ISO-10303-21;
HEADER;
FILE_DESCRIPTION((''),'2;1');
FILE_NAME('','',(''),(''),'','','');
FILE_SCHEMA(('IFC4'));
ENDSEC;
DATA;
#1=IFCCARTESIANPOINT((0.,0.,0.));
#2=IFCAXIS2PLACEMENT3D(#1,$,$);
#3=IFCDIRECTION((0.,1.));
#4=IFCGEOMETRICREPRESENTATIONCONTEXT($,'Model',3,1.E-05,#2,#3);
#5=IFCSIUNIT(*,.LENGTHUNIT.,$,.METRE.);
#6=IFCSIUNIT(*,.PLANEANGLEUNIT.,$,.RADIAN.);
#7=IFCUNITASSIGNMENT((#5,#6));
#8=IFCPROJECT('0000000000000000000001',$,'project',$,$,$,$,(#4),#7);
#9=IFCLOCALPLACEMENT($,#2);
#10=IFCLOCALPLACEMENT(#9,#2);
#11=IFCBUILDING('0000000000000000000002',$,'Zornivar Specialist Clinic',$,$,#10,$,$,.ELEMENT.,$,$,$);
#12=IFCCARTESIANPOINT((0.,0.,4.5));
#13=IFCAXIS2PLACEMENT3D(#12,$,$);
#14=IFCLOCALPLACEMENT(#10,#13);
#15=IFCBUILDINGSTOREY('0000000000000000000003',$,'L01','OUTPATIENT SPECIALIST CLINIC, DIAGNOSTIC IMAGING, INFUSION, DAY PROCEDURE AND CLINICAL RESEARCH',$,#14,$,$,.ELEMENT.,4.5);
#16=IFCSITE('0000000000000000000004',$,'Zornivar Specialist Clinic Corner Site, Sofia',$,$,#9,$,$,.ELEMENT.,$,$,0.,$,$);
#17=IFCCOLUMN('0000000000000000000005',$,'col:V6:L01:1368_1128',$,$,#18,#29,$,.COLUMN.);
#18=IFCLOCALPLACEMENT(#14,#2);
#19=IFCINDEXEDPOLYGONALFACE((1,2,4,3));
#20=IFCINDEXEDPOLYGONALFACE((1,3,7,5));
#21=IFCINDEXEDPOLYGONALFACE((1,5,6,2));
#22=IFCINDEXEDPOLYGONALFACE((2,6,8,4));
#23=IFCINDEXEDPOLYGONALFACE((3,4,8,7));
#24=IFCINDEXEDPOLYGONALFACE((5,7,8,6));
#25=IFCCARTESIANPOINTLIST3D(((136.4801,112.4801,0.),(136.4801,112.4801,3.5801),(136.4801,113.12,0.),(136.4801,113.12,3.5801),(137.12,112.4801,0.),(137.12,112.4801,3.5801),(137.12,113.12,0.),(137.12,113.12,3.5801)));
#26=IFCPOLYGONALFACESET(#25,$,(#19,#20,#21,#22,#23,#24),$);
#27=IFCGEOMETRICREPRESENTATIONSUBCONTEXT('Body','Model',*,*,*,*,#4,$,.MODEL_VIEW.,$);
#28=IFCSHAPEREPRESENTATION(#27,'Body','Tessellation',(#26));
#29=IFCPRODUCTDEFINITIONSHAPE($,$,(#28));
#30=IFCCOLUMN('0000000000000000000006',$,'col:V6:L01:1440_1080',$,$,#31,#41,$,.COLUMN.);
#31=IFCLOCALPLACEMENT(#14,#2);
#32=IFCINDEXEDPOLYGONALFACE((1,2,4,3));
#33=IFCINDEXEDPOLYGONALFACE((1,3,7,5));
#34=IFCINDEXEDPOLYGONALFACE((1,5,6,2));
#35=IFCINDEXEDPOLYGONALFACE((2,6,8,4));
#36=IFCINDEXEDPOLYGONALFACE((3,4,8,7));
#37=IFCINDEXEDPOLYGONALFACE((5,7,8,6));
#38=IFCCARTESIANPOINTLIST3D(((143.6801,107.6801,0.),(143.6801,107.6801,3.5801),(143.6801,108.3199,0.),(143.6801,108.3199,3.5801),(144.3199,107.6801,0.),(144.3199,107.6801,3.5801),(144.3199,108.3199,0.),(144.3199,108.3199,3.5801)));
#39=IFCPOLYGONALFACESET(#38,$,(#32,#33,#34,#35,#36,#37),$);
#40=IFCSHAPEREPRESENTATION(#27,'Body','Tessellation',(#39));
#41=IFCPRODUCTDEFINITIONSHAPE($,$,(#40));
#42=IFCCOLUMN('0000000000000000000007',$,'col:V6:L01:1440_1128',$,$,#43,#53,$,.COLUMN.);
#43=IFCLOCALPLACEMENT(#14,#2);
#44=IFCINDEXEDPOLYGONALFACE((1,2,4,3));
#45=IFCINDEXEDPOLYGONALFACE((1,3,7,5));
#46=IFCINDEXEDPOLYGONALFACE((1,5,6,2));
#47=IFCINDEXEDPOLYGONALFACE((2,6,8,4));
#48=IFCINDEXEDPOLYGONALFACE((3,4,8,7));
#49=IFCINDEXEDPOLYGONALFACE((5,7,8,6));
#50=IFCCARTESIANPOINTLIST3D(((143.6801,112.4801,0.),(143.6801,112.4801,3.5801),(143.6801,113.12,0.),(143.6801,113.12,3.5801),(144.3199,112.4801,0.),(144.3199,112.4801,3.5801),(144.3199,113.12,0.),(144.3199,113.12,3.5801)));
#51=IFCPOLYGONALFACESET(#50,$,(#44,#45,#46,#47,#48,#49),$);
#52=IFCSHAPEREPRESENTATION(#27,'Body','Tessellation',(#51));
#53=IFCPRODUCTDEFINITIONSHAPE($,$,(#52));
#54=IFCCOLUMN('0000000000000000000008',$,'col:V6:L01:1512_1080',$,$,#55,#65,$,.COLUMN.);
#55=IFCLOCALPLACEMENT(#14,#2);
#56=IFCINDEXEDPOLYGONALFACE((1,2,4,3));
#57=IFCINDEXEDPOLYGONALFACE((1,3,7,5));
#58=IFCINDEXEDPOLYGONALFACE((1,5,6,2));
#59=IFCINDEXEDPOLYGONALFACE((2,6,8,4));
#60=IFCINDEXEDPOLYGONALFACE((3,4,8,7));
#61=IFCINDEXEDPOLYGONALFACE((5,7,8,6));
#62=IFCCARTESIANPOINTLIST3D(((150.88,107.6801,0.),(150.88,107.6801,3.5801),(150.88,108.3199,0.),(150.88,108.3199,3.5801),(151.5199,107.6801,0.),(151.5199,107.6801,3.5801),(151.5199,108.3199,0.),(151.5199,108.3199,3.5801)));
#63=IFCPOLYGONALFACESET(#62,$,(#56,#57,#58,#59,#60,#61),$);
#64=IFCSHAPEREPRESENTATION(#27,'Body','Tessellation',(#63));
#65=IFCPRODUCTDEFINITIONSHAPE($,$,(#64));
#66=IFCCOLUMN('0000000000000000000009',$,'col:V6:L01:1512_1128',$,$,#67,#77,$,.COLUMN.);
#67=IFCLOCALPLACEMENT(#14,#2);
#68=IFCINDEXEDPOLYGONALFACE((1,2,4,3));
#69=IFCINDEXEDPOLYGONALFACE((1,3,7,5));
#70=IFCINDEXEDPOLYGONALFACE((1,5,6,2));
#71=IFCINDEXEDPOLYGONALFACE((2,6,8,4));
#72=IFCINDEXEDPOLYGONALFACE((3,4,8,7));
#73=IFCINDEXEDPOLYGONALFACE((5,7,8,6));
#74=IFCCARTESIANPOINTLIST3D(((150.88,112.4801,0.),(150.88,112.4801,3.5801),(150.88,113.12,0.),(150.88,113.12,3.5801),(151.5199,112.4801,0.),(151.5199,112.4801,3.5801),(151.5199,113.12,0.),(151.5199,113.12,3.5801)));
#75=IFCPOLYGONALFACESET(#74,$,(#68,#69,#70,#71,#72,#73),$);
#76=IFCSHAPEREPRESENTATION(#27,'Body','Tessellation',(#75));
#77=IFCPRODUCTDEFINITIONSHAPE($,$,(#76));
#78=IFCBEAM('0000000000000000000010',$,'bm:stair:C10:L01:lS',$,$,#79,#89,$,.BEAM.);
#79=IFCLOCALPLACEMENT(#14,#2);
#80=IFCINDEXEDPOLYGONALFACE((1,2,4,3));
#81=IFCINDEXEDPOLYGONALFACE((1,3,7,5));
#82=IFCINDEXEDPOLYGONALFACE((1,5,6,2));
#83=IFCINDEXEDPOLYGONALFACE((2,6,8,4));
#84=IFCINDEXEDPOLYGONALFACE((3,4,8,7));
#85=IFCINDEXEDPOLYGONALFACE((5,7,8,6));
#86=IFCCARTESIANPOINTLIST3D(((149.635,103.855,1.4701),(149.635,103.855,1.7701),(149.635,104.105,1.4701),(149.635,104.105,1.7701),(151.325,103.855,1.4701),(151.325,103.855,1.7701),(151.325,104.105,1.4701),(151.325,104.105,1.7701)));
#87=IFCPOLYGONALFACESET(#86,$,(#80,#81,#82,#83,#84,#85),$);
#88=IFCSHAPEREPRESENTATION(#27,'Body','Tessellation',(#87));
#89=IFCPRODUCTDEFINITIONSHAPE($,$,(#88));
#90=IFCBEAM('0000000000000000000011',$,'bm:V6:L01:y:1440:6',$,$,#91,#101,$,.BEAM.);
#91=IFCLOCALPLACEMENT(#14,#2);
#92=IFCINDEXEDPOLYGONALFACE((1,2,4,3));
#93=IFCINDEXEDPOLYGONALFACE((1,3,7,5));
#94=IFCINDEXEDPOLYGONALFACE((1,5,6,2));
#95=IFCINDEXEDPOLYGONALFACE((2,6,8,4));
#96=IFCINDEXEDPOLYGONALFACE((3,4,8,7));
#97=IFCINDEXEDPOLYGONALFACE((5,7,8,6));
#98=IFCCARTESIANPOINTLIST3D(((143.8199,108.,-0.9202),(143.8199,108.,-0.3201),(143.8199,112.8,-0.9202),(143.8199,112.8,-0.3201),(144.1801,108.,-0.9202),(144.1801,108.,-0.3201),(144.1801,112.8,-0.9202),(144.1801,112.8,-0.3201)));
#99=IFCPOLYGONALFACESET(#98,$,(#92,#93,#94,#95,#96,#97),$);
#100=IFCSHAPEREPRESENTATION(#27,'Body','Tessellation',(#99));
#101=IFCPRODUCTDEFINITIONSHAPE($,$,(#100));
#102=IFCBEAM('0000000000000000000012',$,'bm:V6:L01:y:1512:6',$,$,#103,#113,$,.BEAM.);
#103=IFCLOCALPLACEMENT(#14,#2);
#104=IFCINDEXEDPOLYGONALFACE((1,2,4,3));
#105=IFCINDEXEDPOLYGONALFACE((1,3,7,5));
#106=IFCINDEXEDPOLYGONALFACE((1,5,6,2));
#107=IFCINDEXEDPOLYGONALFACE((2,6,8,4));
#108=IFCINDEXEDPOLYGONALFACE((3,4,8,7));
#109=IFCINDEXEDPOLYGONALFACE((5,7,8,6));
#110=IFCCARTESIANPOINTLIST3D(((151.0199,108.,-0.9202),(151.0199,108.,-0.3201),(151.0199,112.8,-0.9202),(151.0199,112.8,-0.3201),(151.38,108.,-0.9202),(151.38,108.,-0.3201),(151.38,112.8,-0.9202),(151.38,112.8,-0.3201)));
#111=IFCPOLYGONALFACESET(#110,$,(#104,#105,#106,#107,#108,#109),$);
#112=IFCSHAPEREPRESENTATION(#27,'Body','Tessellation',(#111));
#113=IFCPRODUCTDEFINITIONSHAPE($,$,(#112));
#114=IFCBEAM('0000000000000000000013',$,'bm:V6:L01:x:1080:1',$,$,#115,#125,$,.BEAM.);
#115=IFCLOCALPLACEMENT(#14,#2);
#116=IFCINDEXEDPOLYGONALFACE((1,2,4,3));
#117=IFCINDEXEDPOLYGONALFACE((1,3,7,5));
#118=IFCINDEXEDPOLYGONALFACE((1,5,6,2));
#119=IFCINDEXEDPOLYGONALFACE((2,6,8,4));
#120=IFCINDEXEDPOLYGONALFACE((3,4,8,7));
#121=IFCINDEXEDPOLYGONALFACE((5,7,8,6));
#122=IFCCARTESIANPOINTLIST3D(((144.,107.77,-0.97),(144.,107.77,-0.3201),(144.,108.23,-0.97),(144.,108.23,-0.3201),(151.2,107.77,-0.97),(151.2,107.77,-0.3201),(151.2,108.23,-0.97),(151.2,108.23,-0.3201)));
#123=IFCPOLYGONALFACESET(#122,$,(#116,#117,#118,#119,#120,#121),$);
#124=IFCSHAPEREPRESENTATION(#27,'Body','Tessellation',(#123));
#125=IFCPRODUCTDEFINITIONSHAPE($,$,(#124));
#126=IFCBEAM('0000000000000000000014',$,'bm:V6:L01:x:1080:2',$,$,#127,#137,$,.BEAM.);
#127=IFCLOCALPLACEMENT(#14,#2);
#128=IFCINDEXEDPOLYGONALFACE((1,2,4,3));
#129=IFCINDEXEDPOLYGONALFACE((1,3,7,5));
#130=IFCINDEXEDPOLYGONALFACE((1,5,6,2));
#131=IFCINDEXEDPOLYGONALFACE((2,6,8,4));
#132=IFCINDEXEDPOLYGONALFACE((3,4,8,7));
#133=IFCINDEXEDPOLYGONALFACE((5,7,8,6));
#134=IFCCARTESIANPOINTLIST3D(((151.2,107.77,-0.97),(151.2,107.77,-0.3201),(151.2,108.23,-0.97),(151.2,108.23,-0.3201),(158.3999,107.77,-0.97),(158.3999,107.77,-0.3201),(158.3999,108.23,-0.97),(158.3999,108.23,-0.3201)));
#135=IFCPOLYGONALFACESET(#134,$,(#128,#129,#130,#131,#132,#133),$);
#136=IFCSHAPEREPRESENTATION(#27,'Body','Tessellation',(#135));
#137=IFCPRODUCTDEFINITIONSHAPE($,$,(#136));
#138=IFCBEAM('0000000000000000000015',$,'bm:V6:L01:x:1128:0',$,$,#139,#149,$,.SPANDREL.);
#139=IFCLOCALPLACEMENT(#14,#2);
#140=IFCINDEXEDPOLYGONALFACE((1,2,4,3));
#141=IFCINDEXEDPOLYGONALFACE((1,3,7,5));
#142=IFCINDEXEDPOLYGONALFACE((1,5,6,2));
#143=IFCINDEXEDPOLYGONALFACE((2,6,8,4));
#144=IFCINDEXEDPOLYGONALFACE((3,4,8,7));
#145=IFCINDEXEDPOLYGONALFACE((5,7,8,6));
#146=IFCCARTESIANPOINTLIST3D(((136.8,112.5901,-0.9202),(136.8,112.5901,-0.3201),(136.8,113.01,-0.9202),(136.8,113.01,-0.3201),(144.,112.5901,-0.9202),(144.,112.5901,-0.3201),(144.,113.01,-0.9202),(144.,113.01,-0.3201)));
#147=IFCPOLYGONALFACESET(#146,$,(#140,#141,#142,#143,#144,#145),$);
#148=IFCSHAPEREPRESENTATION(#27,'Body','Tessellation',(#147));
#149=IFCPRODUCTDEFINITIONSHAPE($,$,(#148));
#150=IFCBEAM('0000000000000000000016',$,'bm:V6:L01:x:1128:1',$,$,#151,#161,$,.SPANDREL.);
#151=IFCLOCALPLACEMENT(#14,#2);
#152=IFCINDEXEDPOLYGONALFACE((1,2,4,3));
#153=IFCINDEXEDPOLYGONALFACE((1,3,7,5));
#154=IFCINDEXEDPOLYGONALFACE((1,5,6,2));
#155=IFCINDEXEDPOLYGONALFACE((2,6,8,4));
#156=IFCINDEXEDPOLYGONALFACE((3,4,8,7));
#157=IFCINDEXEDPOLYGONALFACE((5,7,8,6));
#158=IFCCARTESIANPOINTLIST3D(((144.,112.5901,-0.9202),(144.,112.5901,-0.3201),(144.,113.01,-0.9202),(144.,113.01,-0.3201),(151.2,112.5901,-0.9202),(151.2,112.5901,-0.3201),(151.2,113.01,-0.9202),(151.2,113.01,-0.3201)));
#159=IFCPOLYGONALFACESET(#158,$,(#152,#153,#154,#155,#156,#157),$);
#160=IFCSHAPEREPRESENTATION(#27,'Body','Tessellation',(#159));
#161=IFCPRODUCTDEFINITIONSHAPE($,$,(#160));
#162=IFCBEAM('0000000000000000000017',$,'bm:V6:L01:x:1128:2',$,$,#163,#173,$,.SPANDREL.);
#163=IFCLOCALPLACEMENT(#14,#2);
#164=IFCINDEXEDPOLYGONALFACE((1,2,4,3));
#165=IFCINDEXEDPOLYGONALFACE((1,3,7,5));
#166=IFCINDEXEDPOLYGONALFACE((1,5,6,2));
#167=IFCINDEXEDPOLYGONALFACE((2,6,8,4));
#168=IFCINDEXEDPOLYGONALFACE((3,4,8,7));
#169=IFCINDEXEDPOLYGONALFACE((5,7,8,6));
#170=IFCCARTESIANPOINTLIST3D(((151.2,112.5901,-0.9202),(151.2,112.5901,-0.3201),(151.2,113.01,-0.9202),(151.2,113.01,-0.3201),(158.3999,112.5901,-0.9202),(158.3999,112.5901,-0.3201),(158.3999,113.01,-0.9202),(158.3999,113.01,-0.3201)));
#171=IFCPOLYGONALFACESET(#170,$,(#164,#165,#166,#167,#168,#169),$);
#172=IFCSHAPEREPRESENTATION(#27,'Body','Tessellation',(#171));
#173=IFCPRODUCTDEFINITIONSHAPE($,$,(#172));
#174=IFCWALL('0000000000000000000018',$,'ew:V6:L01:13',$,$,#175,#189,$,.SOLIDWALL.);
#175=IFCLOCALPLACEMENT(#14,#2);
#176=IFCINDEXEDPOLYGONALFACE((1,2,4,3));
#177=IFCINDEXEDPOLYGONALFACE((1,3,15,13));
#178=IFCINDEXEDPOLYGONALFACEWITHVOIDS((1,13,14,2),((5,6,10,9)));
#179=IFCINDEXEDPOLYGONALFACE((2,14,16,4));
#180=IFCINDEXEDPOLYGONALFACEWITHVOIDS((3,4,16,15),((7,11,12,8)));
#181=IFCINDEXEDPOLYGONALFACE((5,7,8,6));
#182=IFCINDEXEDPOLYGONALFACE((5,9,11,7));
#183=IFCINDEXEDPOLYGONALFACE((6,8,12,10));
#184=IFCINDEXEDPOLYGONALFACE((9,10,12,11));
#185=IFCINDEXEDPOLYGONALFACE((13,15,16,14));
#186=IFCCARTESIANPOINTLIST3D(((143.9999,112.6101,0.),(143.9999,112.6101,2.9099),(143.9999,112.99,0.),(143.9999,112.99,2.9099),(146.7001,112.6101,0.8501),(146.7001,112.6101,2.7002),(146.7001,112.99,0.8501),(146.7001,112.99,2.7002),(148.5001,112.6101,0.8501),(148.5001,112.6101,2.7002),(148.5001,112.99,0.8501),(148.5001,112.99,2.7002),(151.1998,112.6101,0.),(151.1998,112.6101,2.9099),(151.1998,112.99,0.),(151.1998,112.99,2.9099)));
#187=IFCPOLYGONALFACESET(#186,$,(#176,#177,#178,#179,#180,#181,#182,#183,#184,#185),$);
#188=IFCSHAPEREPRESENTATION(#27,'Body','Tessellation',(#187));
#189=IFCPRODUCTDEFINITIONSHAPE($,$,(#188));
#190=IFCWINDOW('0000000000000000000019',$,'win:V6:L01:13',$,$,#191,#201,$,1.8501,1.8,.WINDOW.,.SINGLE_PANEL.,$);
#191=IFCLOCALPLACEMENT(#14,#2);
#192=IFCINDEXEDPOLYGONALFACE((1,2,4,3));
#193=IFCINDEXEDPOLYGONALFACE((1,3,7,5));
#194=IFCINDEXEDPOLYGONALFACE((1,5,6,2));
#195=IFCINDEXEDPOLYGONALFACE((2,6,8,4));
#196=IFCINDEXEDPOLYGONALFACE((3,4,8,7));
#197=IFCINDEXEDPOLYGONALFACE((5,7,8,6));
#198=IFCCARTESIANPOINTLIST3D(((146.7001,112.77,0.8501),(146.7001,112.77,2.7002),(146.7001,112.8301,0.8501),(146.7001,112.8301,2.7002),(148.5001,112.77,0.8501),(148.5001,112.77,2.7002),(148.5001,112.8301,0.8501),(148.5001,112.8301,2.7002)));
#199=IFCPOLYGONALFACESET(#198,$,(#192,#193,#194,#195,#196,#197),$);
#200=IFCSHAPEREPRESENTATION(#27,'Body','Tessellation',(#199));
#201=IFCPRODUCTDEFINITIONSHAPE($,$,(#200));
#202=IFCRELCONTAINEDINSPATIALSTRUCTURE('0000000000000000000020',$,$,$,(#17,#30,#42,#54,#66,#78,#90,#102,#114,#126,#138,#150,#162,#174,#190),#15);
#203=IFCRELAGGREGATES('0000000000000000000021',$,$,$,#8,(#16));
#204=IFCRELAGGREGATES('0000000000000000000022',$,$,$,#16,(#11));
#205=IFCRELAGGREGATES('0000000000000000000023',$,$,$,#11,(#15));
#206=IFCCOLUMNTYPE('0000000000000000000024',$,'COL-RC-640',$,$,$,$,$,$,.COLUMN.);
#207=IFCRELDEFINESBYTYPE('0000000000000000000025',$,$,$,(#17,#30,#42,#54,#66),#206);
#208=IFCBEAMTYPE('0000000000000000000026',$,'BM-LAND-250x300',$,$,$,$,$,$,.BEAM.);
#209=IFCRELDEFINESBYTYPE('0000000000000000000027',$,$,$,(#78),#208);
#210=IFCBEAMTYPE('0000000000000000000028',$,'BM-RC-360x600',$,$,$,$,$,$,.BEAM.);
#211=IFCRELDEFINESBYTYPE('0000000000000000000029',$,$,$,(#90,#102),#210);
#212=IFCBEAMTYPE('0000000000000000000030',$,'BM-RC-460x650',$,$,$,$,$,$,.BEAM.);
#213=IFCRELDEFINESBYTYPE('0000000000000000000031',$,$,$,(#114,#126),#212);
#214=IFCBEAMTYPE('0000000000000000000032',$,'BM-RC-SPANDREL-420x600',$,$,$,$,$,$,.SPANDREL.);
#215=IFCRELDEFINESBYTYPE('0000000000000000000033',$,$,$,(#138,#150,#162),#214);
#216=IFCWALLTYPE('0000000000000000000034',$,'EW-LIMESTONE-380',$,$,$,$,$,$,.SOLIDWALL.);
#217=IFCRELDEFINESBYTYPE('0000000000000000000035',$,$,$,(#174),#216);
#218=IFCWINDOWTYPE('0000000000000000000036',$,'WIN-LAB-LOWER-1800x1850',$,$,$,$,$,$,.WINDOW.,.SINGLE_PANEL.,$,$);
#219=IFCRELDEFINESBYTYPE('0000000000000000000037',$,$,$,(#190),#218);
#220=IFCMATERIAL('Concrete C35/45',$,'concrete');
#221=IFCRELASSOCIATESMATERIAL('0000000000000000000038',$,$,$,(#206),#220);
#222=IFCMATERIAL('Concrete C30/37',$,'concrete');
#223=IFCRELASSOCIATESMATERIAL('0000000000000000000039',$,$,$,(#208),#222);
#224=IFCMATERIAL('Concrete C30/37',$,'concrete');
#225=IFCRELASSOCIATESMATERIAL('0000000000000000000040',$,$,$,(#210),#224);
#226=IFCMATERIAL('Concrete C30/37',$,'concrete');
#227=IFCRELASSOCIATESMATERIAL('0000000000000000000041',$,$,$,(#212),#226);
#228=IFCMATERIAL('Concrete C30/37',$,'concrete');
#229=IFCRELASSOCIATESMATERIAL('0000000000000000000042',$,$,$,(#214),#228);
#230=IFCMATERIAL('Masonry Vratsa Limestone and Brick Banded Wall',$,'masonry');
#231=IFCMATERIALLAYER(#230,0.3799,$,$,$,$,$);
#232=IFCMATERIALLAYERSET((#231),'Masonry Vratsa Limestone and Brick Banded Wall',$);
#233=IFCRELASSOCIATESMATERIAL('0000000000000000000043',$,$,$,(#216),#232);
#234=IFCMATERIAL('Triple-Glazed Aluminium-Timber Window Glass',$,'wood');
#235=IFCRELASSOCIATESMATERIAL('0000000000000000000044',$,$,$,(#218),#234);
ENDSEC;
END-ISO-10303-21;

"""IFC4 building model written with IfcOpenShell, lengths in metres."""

from ifc_helpers import new_model, si_unit, direction, frame, frame_2d, origin, origin_2d, place, context, subcontext, project, spatial, rectangle, extrude, material, layer, layer_set, material_profile, profile_set, type_object, element, fill, save


model = new_model("IFC4")

# Units and contexts
model_context = context("Model", 3, precision=1e-05, world=origin(), true_north=direction((0.0, 1.0)))
body_context = subcontext(model_context, "Body", "Model", "MODEL_VIEW")
ifc_project = project(units=[si_unit("LENGTHUNIT", "METRE"), si_unit("PLANEANGLEUNIT", "RADIAN")], contexts=[model_context])

# Site, building, storey
site_placement = place(None, origin())
site = spatial("IfcSite", under=ifc_project, at=site_placement, Name="Zornivar Specialist Clinic Corner Site, Sofia", CompositionType="ELEMENT", RefElevation=0.0)
building_placement = place(site_placement, origin())
building = spatial("IfcBuilding", under=site, at=building_placement, Name="Zornivar Specialist Clinic", CompositionType="ELEMENT")
storey_placement = place(building_placement, frame((0.0, 0.0, 4.5)))
storey = spatial("IfcBuildingStorey", under=building, at=storey_placement, Name="L01", Description="OUTPATIENT SPECIALIST CLINIC, DIAGNOSTIC IMAGING, INFUSION, DAY PROCEDURE AND CLINICAL RESEARCH", CompositionType="ELEMENT", Elevation=4.5)

# Columns
ifc_material_1 = material(Name="Concrete C35/45", Category="concrete")
ifc_material_profile_1 = material_profile(ifc_material_1, rectangle(XDim=0.6399, YDim=0.6399, at=origin_2d()), Name="RC 640x640")
ifc_profile_set_1 = profile_set([ifc_material_profile_1], Name="Concrete C35/45")
column_type = type_object("IfcColumnType", Name="COL-RC-640", PredefinedType="COLUMN", material=ifc_profile_set_1)
for number, where, z_axis, x_axis, name in (
    (1, (136.8, 112.8, 0.0), (0.0, 0.0, 1.0), (1.0, 0.0, 0.0), "col:V6:L01:1368_1128"),
    (2, (144.0, 108.0, 0.0), (0.0, 0.0, 1.0), (1.0, 0.0, 0.0), "col:V6:L01:1440_1080"),
    (3, (144.0, 112.8, 0.0), (0.0, 0.0, 1.0), (1.0, 0.0, 0.0), "col:V6:L01:1440_1128"),
    (4, (151.2, 108.0, 0.0), (0.0, 0.0, 1.0), (1.0, 0.0, 0.0), "col:V6:L01:1512_1080"),
    (5, (151.2, 112.8, 0.0), (0.0, 0.0, 1.0), (1.0, 0.0, 0.0), "col:V6:L01:1512_1128"),
):
    element("IfcColumn", number, at=place(storey_placement, frame(where, z_axis=z_axis, x_axis=x_axis)), inside=storey, type_object=column_type, Name=name, PredefinedType="COLUMN", context=body_context, shape_type="SweptSolid", body=[
        extrude(rectangle(XDim=0.6399, YDim=0.6399, at=origin_2d()), origin(), (0.0, 0.0, 1.0), 3.5801),
    ])

# Beams
ifc_material_2 = material(Name="Concrete C30/37", Category="concrete")
ifc_material_profile_2 = material_profile(ifc_material_2, rectangle(XDim=0.25, YDim=0.3, at=origin_2d()), Name="RC 250x300")
ifc_profile_set_2 = profile_set([ifc_material_profile_2], Name="Concrete C30/37")
beam_type_1 = type_object("IfcBeamType", Name="BM-LAND-250x300", PredefinedType="BEAM", material=ifc_profile_set_2)
beam_placement = place(storey_placement, frame((149.635, 103.98, 1.6201), z_axis=(1.0, 0.0, 0.0), x_axis=(0.0, 1.0, 0.0)))
element("IfcBeam", 6, at=beam_placement, inside=storey, type_object=beam_type_1, Name="bm:stair:C10:L01:lS", PredefinedType="BEAM", context=body_context, shape_type="SweptSolid", body=[
    extrude(rectangle(XDim=0.25, YDim=0.3, at=origin_2d()), origin(), (0.0, 0.0, 1.0), 1.6899),
])
ifc_material_3 = material(Name="Concrete C30/37", Category="concrete")
ifc_material_profile_3 = material_profile(ifc_material_3, rectangle(XDim=0.3601, YDim=0.6001, at=origin_2d()), Name="RC 360x600")
ifc_profile_set_3 = profile_set([ifc_material_profile_3], Name="Concrete C30/37")
beam_type_2 = type_object("IfcBeamType", Name="BM-RC-360x600", PredefinedType="BEAM", material=ifc_profile_set_3)
for number, where, z_axis, x_axis, name in (
    (7, (144.0, 108.0, -0.6201), (0.0, 1.0, 0.0), (-1.0, 0.0, 0.0), "bm:V6:L01:y:1440:6"),
    (8, (151.2, 108.0, -0.6201), (0.0, 1.0, 0.0), (-1.0, 0.0, 0.0), "bm:V6:L01:y:1512:6"),
):
    element("IfcBeam", number, at=place(storey_placement, frame(where, z_axis=z_axis, x_axis=x_axis)), inside=storey, type_object=beam_type_2, Name=name, PredefinedType="BEAM", context=body_context, shape_type="SweptSolid", body=[
        extrude(rectangle(XDim=0.3601, YDim=0.6001, at=origin_2d()), origin(), (0.0, 0.0, 1.0), 4.8),
    ])
ifc_material_4 = material(Name="Concrete C30/37", Category="concrete")
ifc_material_profile_4 = material_profile(ifc_material_4, rectangle(XDim=0.46, YDim=0.6499, at=origin_2d()), Name="RC 460x650")
ifc_profile_set_4 = profile_set([ifc_material_profile_4], Name="Concrete C30/37")
beam_type_3 = type_object("IfcBeamType", Name="BM-RC-460x650", PredefinedType="BEAM", material=ifc_profile_set_4)
for number, where, z_axis, x_axis, name in (
    (9, (144.0, 108.0, -0.645), (1.0, 0.0, 0.0), (0.0, 1.0, 0.0), "bm:V6:L01:x:1080:1"),
    (10, (151.2, 108.0, -0.645), (1.0, 0.0, 0.0), (0.0, 1.0, 0.0), "bm:V6:L01:x:1080:2"),
):
    element("IfcBeam", number, at=place(storey_placement, frame(where, z_axis=z_axis, x_axis=x_axis)), inside=storey, type_object=beam_type_3, Name=name, PredefinedType="BEAM", context=body_context, shape_type="SweptSolid", body=[
        extrude(rectangle(XDim=0.46, YDim=0.6499, at=origin_2d()), origin(), (0.0, 0.0, 1.0), 7.2),
    ])
ifc_material_5 = material(Name="Concrete C30/37", Category="concrete")
ifc_material_profile_5 = material_profile(ifc_material_5, rectangle(XDim=0.4199, YDim=0.6001, at=origin_2d()), Name="RC 420x600")
ifc_profile_set_5 = profile_set([ifc_material_profile_5], Name="Concrete C30/37")
beam_type_4 = type_object("IfcBeamType", Name="BM-RC-SPANDREL-420x600", PredefinedType="SPANDREL", material=ifc_profile_set_5)
for number, where, z_axis, x_axis, name in (
    (11, (136.8, 112.8, -0.6201), (1.0, 0.0, 0.0), (0.0, 1.0, 0.0), "bm:V6:L01:x:1128:0"),
    (12, (144.0, 112.8, -0.6201), (1.0, 0.0, 0.0), (0.0, 1.0, 0.0), "bm:V6:L01:x:1128:1"),
    (13, (151.2, 112.8, -0.6201), (1.0, 0.0, 0.0), (0.0, 1.0, 0.0), "bm:V6:L01:x:1128:2"),
):
    element("IfcBeam", number, at=place(storey_placement, frame(where, z_axis=z_axis, x_axis=x_axis)), inside=storey, type_object=beam_type_4, Name=name, PredefinedType="SPANDREL", context=body_context, shape_type="SweptSolid", body=[
        extrude(rectangle(XDim=0.4199, YDim=0.6001, at=origin_2d()), origin(), (0.0, 0.0, 1.0), 7.2),
    ])

# Wall, opening, window
ifc_material_6 = material(Name="Masonry Vratsa Limestone and Brick Banded Wall", Category="masonry")
ifc_layer_1 = layer(ifc_material_6, 0.3799)
ifc_layer_set_1 = layer_set([ifc_layer_1], Name="Masonry Vratsa Limestone and Brick Banded Wall")
wall_type_1 = type_object("IfcWallType", Name="EW-LIMESTONE-380", PredefinedType="SOLIDWALL", material=ifc_layer_set_1)
wall_1_placement = place(storey_placement, frame((151.2, 112.8, 0.0), z_axis=(0.0, 0.0, 1.0), x_axis=(-1.0, 0.0, 0.0)))
wall_1 = element("IfcWall", 14, at=wall_1_placement, inside=storey, type_object=wall_type_1, Name="ew:V6:L01:13", PredefinedType="SOLIDWALL", context=body_context, shape_type="SweptSolid", body=[
    extrude(rectangle(XDim=7.2, YDim=0.3799, at=frame_2d((3.6001, 0.0))), origin(), (0.0, 0.0, 1.0), 2.9099),
])
opening_1_placement = place(wall_1_placement, frame((2.7, 0.0, 0.8501)))
opening_1 = element("IfcOpeningElement", 15, at=opening_1_placement, cuts=wall_1, PredefinedType="OPENING", context=body_context, shape_type="SweptSolid", body=[
    extrude(rectangle(XDim=1.8, YDim=1.8501, at=frame_2d((0.8999, 0.925))), frame((0.0, 0.2, 0.0), z_axis=(0.0, -1.0, 0.0), x_axis=(1.0, 0.0, 0.0)), (0.0, 0.0, 1.0), 0.3999),
])
ifc_material_7 = material(Name="Triple-Glazed Aluminium-Timber Window Glass", Category="wood")
window_type_1 = type_object("IfcWindowType", Name="WIN-LAB-LOWER-1800x1850", PartitioningType="SINGLE_PANEL", PredefinedType="WINDOW", material=ifc_material_7)
window_1_placement = place(opening_1_placement, origin())
window_1 = element("IfcWindow", 16, at=window_1_placement, inside=storey, type_object=window_type_1, Name="win:V6:L01:13", OverallHeight=1.8501, OverallWidth=1.8, PartitioningType="SINGLE_PANEL", PredefinedType="WINDOW", context=body_context, shape_type="SweptSolid", body=[
    extrude(rectangle(XDim=1.8, YDim=1.8501, at=frame_2d((0.8999, 0.925))), frame((0.0, 0.03, 0.0), z_axis=(0.0, -1.0, 0.0), x_axis=(1.0, 0.0, 0.0)), (0.0, 0.0, 1.0), 0.0601),
])
fill(opening_1, window_1)

save(model, "model.ifc")
